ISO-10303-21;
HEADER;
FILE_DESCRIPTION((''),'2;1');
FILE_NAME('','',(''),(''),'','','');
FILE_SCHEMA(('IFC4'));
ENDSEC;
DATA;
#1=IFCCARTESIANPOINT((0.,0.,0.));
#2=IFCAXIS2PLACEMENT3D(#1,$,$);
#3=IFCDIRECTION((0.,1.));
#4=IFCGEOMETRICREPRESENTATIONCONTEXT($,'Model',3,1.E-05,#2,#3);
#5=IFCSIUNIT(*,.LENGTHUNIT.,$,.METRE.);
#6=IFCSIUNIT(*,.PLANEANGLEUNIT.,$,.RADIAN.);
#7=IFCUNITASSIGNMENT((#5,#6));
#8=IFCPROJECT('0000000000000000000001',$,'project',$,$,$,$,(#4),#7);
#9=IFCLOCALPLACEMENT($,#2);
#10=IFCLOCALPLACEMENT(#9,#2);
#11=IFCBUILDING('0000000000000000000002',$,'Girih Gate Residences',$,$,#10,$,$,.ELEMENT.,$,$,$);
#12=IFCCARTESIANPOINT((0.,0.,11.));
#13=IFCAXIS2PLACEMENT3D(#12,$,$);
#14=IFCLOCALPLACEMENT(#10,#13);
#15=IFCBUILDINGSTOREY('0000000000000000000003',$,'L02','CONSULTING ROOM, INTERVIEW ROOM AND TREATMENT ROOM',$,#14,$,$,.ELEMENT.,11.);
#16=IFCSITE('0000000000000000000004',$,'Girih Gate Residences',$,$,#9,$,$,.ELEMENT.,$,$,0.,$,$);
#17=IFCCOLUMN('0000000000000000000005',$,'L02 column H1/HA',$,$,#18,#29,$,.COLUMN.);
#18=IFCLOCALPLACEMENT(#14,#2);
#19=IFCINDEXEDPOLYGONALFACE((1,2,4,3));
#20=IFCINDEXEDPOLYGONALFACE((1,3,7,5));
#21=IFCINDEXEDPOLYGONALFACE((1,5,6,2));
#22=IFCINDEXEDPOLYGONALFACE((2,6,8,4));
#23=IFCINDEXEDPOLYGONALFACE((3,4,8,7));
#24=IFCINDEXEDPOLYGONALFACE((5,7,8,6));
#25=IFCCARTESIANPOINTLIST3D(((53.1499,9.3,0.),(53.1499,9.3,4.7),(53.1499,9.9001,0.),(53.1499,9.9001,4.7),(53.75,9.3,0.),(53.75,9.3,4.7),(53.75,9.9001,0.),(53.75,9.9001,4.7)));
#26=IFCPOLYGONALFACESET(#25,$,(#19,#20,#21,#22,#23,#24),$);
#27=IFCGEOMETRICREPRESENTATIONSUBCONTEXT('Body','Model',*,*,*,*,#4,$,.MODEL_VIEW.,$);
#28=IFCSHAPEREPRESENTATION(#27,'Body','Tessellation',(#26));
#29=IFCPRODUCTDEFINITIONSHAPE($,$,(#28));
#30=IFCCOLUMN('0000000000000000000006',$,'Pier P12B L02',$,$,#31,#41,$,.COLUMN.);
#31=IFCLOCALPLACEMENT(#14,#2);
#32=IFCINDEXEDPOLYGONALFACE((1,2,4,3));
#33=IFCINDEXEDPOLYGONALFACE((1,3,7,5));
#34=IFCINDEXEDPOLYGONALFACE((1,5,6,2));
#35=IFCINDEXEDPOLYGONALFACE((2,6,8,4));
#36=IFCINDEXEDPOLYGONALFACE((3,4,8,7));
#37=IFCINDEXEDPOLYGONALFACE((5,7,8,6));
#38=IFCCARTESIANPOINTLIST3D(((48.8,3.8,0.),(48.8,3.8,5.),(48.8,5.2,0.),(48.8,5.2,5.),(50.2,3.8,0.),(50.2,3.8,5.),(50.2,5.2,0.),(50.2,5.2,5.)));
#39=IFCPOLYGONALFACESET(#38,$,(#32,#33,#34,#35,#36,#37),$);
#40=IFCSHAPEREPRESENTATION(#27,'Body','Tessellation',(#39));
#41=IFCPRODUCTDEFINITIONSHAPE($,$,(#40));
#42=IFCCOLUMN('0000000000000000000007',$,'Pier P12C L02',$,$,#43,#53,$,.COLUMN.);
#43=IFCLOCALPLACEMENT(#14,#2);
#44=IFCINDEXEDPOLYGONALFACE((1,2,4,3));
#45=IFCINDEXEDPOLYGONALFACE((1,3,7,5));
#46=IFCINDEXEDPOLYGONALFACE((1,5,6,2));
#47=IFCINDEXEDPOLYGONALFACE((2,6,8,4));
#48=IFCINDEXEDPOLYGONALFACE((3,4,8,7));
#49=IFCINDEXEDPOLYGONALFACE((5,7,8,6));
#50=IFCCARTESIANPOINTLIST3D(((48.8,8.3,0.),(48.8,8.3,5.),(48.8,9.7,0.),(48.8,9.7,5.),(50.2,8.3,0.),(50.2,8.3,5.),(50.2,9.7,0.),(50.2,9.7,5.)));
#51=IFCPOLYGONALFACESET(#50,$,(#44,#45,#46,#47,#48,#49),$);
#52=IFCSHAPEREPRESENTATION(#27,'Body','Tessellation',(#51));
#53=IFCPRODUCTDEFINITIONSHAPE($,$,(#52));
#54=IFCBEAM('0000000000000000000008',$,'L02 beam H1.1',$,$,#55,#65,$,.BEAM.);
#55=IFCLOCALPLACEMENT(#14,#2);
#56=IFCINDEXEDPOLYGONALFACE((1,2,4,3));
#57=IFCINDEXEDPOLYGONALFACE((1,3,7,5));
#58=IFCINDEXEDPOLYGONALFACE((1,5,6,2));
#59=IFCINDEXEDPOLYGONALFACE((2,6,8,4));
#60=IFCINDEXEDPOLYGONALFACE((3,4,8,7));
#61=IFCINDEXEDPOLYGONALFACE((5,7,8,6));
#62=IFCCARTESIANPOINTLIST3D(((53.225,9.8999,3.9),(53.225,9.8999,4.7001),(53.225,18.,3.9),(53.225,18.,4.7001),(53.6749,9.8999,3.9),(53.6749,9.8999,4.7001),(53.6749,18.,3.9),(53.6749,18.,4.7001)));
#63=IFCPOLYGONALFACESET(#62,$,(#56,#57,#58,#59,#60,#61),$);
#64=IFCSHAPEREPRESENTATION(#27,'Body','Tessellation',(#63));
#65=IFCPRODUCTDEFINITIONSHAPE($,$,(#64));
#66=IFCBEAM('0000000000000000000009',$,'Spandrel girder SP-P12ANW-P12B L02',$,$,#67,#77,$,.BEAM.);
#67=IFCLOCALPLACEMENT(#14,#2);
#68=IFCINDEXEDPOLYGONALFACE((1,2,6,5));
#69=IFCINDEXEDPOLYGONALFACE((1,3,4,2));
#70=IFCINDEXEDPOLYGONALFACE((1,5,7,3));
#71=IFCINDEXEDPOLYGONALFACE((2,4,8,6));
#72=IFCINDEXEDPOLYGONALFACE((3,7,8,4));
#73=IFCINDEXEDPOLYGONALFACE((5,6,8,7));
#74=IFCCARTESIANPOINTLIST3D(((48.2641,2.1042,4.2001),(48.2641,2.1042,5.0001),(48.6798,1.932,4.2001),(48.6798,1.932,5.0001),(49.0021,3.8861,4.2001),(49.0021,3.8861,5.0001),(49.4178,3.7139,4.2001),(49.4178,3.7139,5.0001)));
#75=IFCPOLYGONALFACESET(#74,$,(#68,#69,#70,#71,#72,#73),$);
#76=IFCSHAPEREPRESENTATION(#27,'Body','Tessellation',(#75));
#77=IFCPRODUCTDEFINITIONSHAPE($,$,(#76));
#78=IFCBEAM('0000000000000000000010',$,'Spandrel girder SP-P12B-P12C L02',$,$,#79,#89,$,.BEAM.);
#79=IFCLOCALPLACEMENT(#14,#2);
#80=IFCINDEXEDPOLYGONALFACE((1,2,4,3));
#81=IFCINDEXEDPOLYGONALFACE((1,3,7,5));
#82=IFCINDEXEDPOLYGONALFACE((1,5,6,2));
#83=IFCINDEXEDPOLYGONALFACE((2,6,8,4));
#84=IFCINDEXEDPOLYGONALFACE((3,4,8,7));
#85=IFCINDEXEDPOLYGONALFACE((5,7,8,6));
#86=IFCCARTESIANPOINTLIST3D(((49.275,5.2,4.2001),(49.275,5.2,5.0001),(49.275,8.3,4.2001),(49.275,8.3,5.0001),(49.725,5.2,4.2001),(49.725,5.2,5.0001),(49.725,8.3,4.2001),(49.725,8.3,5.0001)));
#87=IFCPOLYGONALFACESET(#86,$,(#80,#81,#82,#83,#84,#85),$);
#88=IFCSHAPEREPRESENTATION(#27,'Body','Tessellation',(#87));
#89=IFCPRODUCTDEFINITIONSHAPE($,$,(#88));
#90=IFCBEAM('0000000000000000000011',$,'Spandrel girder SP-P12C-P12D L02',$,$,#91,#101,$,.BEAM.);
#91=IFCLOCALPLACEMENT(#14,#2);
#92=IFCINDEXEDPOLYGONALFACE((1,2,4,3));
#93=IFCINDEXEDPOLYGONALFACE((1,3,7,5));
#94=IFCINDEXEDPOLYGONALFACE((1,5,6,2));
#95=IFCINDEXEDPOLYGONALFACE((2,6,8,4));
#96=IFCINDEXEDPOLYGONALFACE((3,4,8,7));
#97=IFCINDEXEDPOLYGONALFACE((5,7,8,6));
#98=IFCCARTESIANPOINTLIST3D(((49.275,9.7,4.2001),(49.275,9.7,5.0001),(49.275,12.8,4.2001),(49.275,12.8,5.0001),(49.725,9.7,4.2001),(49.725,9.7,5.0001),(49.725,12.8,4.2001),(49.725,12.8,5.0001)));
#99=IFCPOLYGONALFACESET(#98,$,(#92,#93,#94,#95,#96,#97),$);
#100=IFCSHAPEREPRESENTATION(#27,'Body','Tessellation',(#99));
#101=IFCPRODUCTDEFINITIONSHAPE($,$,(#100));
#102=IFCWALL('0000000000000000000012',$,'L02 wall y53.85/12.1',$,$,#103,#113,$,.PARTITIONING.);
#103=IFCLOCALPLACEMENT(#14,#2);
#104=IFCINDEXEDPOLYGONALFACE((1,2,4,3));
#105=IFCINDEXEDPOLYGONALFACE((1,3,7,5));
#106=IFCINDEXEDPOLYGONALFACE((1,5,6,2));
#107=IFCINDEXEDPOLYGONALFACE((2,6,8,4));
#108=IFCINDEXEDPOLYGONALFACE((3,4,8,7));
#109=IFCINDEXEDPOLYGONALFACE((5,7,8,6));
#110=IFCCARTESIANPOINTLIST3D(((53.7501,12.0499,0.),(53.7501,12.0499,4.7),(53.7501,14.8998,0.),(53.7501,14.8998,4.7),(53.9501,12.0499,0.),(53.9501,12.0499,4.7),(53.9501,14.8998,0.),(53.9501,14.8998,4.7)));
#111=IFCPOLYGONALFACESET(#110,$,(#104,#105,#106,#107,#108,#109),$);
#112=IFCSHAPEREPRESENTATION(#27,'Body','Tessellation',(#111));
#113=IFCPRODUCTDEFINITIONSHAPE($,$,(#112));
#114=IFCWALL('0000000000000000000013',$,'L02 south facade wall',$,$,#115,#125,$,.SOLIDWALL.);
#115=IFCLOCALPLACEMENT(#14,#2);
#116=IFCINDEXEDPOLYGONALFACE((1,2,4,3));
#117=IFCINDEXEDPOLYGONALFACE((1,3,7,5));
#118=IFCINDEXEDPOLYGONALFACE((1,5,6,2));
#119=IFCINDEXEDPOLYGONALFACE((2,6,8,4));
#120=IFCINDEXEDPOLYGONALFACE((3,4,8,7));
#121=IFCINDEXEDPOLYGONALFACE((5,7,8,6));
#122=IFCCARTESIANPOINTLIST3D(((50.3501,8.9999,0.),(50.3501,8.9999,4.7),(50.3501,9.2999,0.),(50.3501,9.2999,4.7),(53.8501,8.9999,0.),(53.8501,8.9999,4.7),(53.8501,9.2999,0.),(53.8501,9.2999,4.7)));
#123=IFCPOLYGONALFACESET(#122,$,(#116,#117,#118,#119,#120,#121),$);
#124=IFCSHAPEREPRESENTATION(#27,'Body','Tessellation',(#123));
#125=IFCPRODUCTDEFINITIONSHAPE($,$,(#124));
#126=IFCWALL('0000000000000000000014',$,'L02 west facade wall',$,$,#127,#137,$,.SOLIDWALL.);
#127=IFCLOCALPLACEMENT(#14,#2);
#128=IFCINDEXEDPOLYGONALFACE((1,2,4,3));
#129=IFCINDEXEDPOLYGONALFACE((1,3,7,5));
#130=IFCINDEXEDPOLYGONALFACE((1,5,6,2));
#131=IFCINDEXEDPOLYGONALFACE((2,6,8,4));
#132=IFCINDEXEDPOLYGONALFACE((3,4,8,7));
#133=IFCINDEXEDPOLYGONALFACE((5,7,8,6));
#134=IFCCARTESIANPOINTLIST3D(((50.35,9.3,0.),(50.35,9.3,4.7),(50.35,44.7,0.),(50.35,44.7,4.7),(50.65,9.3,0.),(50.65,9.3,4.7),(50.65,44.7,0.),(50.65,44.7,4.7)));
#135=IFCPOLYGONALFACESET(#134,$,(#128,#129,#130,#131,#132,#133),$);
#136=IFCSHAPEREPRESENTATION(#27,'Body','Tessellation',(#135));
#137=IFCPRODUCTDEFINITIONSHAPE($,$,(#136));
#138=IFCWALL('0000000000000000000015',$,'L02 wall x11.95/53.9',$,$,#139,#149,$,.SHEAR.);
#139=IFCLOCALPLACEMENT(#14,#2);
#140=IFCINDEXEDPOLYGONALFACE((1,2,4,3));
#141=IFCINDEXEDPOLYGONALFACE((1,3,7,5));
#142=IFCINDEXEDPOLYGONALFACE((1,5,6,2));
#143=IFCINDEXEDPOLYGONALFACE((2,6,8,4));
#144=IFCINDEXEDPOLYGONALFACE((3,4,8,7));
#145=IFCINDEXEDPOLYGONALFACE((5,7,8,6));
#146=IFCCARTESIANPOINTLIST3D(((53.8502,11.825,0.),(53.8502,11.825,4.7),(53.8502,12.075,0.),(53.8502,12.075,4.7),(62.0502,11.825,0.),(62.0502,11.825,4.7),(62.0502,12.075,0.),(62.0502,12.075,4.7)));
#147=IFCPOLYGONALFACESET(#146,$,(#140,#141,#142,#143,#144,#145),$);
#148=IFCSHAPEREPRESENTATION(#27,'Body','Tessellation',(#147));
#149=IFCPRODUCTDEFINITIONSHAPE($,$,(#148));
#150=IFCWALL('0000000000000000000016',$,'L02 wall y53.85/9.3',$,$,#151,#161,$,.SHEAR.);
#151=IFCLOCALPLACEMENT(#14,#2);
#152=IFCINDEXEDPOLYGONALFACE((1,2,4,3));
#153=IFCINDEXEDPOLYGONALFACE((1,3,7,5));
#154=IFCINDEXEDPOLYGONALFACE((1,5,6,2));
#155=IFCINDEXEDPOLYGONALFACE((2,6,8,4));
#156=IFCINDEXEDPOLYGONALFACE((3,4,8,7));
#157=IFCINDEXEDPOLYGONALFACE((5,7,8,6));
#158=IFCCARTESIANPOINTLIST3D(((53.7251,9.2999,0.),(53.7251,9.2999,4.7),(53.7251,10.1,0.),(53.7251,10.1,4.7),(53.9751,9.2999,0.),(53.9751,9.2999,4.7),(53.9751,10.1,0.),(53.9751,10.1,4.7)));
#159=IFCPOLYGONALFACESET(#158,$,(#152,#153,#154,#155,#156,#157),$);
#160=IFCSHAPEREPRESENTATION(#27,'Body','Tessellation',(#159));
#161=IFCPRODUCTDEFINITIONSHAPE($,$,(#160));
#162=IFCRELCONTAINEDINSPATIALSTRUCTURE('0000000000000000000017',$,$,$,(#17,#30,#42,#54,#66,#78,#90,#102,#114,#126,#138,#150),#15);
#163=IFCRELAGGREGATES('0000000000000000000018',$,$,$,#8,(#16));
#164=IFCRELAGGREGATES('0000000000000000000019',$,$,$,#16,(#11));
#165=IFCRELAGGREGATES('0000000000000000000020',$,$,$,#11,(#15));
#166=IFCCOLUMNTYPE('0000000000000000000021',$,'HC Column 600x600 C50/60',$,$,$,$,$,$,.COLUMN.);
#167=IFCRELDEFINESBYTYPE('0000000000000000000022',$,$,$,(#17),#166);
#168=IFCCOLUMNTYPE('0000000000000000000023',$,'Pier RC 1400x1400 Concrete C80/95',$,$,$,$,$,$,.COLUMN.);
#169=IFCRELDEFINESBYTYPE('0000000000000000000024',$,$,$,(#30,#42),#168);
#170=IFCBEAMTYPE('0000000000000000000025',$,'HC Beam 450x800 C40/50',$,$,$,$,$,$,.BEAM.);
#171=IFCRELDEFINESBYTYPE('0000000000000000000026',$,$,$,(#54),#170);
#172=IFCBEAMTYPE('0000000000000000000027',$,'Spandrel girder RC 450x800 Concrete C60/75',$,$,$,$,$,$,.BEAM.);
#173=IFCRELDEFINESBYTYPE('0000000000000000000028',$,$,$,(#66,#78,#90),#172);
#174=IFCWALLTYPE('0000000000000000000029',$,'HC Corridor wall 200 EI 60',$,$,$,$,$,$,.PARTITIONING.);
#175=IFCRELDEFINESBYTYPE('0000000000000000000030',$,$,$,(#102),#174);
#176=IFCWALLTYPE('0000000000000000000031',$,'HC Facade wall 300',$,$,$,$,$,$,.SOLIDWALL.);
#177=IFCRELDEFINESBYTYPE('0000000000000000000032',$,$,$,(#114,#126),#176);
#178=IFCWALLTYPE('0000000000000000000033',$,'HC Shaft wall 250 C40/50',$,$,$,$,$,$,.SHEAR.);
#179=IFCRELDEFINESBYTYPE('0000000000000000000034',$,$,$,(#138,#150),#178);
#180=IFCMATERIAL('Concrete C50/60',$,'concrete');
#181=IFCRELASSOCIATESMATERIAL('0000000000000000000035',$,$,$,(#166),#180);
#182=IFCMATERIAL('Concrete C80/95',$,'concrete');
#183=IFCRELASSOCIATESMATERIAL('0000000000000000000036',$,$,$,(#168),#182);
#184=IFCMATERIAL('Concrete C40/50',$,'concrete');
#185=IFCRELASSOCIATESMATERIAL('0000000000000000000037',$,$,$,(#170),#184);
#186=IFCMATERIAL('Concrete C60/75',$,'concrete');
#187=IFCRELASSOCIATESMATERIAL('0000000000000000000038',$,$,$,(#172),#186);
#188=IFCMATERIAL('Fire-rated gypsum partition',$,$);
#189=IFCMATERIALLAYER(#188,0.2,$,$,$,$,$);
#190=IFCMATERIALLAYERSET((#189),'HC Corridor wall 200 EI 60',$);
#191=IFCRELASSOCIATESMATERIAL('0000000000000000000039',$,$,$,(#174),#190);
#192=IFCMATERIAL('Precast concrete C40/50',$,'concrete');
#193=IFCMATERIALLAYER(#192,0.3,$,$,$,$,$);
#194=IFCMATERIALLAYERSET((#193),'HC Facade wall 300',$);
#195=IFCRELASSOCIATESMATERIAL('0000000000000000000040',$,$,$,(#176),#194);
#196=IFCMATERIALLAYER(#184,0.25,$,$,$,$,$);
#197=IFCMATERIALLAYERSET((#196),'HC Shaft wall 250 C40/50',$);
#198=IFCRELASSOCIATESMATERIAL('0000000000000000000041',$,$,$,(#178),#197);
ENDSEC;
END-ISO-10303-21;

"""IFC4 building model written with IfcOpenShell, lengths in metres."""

from ifc_helpers import new_model, si_unit, direction, frame, frame_2d, origin, origin_2d, place, context, subcontext, project, spatial, rectangle, extrude, material, layer, layer_set, material_profile, profile_set, type_object, element, save


model = new_model("IFC4")

# Units and contexts
model_context = context("Model", 3, precision=1e-05, world=origin(), true_north=direction((0.0, 1.0)))
body_context = subcontext(model_context, "Body", "Model", "MODEL_VIEW")
ifc_project = project(units=[si_unit("LENGTHUNIT", "METRE"), si_unit("PLANEANGLEUNIT", "RADIAN")], contexts=[model_context])

# Site, building, storey
site_placement = place(None, origin())
site = spatial("IfcSite", under=ifc_project, at=site_placement, Name="Girih Gate Residences", CompositionType="ELEMENT", RefElevation=0.0)
building_placement = place(site_placement, origin())
building = spatial("IfcBuilding", under=site, at=building_placement, Name="Girih Gate Residences", CompositionType="ELEMENT")
storey_placement = place(building_placement, frame((0.0, 0.0, 11.0)))
storey = spatial("IfcBuildingStorey", under=building, at=storey_placement, Name="L02", Description="CONSULTING ROOM, INTERVIEW ROOM AND TREATMENT ROOM", CompositionType="ELEMENT", Elevation=11.0)

# Columns
ifc_material_1 = material(Name="Concrete C50/60", Category="concrete")
ifc_material_profile_1 = material_profile(ifc_material_1, rectangle(XDim=0.6001, YDim=0.6001, at=origin_2d()))
ifc_profile_set_1 = profile_set([ifc_material_profile_1], Name="Concrete C50/60")
column_type_1 = type_object("IfcColumnType", Name="HC Column 600x600 C50/60", PredefinedType="COLUMN", material=ifc_profile_set_1)
column_placement = place(storey_placement, frame((53.45, 9.6001, 0.0), z_axis=(0.0, 0.0, 1.0), x_axis=(1.0, 0.0, 0.0)))
element("IfcColumn", 1, at=column_placement, inside=storey, type_object=column_type_1, Name="L02 column H1/HA", PredefinedType="COLUMN", context=body_context, shape_type="SweptSolid", body=[
    extrude(rectangle(XDim=0.6001, YDim=0.6001, at=origin_2d()), origin(), (0.0, 0.0, 1.0), 4.7),
])
ifc_material_2 = material(Name="Concrete C80/95", Category="concrete")
ifc_material_profile_2 = material_profile(ifc_material_2, rectangle(XDim=1.3999, YDim=1.3999, at=origin_2d()))
ifc_profile_set_2 = profile_set([ifc_material_profile_2], Name="Concrete C80/95")
column_type_2 = type_object("IfcColumnType", Name="Pier RC 1400x1400 Concrete C80/95", PredefinedType="COLUMN", material=ifc_profile_set_2)
for number, where, z_axis, x_axis, name in (
    (2, (49.5, 4.5, 0.0), (0.0, 0.0, 1.0), (1.0, 0.0, 0.0), "Pier P12B L02"),
    (3, (49.5, 9.0, 0.0), (0.0, 0.0, 1.0), (1.0, 0.0, 0.0), "Pier P12C L02"),
):
    element("IfcColumn", number, at=place(storey_placement, frame(where, z_axis=z_axis, x_axis=x_axis)), inside=storey, type_object=column_type_2, Name=name, PredefinedType="COLUMN", context=body_context, shape_type="SweptSolid", body=[
        extrude(rectangle(XDim=1.3999, YDim=1.3999, at=origin_2d()), origin(), (0.0, 0.0, 1.0), 5.0),
    ])

# Beams
ifc_material_3 = material(Name="Concrete C40/50", Category="concrete")
ifc_material_profile_3 = material_profile(ifc_material_3, rectangle(XDim=0.45, YDim=0.8, at=origin_2d()))
ifc_profile_set_3 = profile_set([ifc_material_profile_3], Name="Concrete C40/50")
beam_type_1 = type_object("IfcBeamType", Name="HC Beam 450x800 C40/50", PredefinedType="BEAM", material=ifc_profile_set_3)
beam_1_placement = place(storey_placement, frame((53.45, 9.8999, 4.3), z_axis=(0.0, 1.0, 0.0), x_axis=(-1.0, 0.0, 0.0)))
element("IfcBeam", 4, at=beam_1_placement, inside=storey, type_object=beam_type_1, Name="L02 beam H1.1", PredefinedType="BEAM", context=body_context, shape_type="SweptSolid", body=[
    extrude(rectangle(XDim=0.45, YDim=0.8, at=origin_2d()), origin(), (0.0, 0.0, 1.0), 8.1001),
])
ifc_material_4 = material(Name="Concrete C60/75", Category="concrete")
ifc_material_profile_4 = material_profile(ifc_material_4, rectangle(XDim=0.45, YDim=0.8, at=origin_2d()))
ifc_profile_set_4 = profile_set([ifc_material_profile_4], Name="Concrete C60/75")
beam_type_2 = type_object("IfcBeamType", Name="Spandrel girder RC 450x800 Concrete C60/75", PredefinedType="BEAM", material=ifc_profile_set_4)
beam_2_placement = place(storey_placement, frame((48.4719, 2.0181, 4.6001), z_axis=(0.382646, 0.923895, 0.0), x_axis=(-0.923895, 0.382646, 0.0)))
element("IfcBeam", 5, at=beam_2_placement, inside=storey, type_object=beam_type_2, Name="Spandrel girder SP-P12ANW-P12B L02", PredefinedType="BEAM", context=body_context, shape_type="SweptSolid", body=[
    extrude(rectangle(XDim=0.45, YDim=0.8, at=origin_2d()), origin(), (0.0, 0.0, 1.0), 1.9287),
])
for number, where, z_axis, x_axis, name in (
    (6, (49.5, 5.2, 4.6001), (0.0, 1.0, 0.0), (-1.0, 0.0, 0.0), "Spandrel girder SP-P12B-P12C L02"),
    (7, (49.5, 9.7, 4.6001), (0.0, 1.0, 0.0), (-1.0, 0.0, 0.0), "Spandrel girder SP-P12C-P12D L02"),
):
    element("IfcBeam", number, at=place(storey_placement, frame(where, z_axis=z_axis, x_axis=x_axis)), inside=storey, type_object=beam_type_2, Name=name, PredefinedType="BEAM", context=body_context, shape_type="SweptSolid", body=[
        extrude(rectangle(XDim=0.45, YDim=0.8, at=origin_2d()), origin(), (0.0, 0.0, 1.0), 3.1001),
    ])

# Walls
ifc_material_5 = material(Name="Fire-rated gypsum partition")
ifc_layer_1 = layer(ifc_material_5, 0.2)
ifc_layer_set_1 = layer_set([ifc_layer_1], Name="HC Corridor wall 200 EI 60")
wall_type_1 = type_object("IfcWallType", Name="HC Corridor wall 200 EI 60", PredefinedType="PARTITIONING", material=ifc_layer_set_1)
wall_1_placement = place(storey_placement, frame((53.8501, 12.05, 0.0), z_axis=(0.0, 0.0, 1.0), x_axis=(0.0, 1.0, 0.0)))
element("IfcWall", 8, at=wall_1_placement, inside=storey, type_object=wall_type_1, Name="L02 wall y53.85/12.1", PredefinedType="PARTITIONING", context=body_context, shape_type="SweptSolid", body=[
    extrude(rectangle(XDim=2.8499, YDim=0.2, at=frame_2d((1.4248, 0.0))), origin(), (0.0, 0.0, 1.0), 4.7),
])
ifc_material_6 = material(Name="Precast concrete C40/50", Category="concrete")
ifc_layer_2 = layer(ifc_material_6, 0.3)
ifc_layer_set_2 = layer_set([ifc_layer_2], Name="HC Facade wall 300")
wall_type_2 = type_object("IfcWallType", Name="HC Facade wall 300", PredefinedType="SOLIDWALL", material=ifc_layer_set_2)
wall_2_placement = place(storey_placement, frame((53.8501, 9.1499, 0.0), z_axis=(0.0, 0.0, 1.0), x_axis=(-1.0, 0.0, 0.0)))
element("IfcWall", 9, at=wall_2_placement, inside=storey, type_object=wall_type_2, Name="L02 south facade wall", PredefinedType="SOLIDWALL", context=body_context, shape_type="SweptSolid", body=[
    extrude(rectangle(XDim=3.5, YDim=0.3, at=frame_2d((1.75, 0.0))), origin(), (0.0, 0.0, 1.0), 4.7),
])
wall_3_placement = place(storey_placement, frame((50.5, 9.3, 0.0), z_axis=(0.0, 0.0, 1.0), x_axis=(0.0, 1.0, 0.0)))
element("IfcWall", 10, at=wall_3_placement, inside=storey, type_object=wall_type_2, Name="L02 west facade wall", PredefinedType="SOLIDWALL", context=body_context, shape_type="SweptSolid", body=[
    extrude(rectangle(XDim=35.3999, YDim=0.3, at=frame_2d((17.7, 0.0))), origin(), (0.0, 0.0, 1.0), 4.7),
])
ifc_layer_3 = layer(ifc_material_3, 0.25)
ifc_layer_set_3 = layer_set([ifc_layer_3], Name="HC Shaft wall 250 C40/50")
wall_type_3 = type_object("IfcWallType", Name="HC Shaft wall 250 C40/50", PredefinedType="SHEAR", material=ifc_layer_set_3)
wall_4_placement = place(storey_placement, frame((53.8501, 11.95, 0.0), z_axis=(0.0, 0.0, 1.0), x_axis=(1.0, 0.0, 0.0)))
element("IfcWall", 11, at=wall_4_placement, inside=storey, type_object=wall_type_3, Name="L02 wall x11.95/53.9", PredefinedType="SHEAR", context=body_context, shape_type="SweptSolid", body=[
    extrude(rectangle(XDim=8.2, YDim=0.25, at=frame_2d((4.1001, 0.0))), origin(), (0.0, 0.0, 1.0), 4.7),
])
wall_5_placement = place(storey_placement, frame((53.8501, 9.3, 0.0), z_axis=(0.0, 0.0, 1.0), x_axis=(0.0, 1.0, 0.0)))
element("IfcWall", 12, at=wall_5_placement, inside=storey, type_object=wall_type_3, Name="L02 wall y53.85/9.3", PredefinedType="SHEAR", context=body_context, shape_type="SweptSolid", body=[
    extrude(rectangle(XDim=0.8, YDim=0.25, at=frame_2d((0.3999, 0.0))), origin(), (0.0, 0.0, 1.0), 4.7),
])

save(model, "model.ifc")
